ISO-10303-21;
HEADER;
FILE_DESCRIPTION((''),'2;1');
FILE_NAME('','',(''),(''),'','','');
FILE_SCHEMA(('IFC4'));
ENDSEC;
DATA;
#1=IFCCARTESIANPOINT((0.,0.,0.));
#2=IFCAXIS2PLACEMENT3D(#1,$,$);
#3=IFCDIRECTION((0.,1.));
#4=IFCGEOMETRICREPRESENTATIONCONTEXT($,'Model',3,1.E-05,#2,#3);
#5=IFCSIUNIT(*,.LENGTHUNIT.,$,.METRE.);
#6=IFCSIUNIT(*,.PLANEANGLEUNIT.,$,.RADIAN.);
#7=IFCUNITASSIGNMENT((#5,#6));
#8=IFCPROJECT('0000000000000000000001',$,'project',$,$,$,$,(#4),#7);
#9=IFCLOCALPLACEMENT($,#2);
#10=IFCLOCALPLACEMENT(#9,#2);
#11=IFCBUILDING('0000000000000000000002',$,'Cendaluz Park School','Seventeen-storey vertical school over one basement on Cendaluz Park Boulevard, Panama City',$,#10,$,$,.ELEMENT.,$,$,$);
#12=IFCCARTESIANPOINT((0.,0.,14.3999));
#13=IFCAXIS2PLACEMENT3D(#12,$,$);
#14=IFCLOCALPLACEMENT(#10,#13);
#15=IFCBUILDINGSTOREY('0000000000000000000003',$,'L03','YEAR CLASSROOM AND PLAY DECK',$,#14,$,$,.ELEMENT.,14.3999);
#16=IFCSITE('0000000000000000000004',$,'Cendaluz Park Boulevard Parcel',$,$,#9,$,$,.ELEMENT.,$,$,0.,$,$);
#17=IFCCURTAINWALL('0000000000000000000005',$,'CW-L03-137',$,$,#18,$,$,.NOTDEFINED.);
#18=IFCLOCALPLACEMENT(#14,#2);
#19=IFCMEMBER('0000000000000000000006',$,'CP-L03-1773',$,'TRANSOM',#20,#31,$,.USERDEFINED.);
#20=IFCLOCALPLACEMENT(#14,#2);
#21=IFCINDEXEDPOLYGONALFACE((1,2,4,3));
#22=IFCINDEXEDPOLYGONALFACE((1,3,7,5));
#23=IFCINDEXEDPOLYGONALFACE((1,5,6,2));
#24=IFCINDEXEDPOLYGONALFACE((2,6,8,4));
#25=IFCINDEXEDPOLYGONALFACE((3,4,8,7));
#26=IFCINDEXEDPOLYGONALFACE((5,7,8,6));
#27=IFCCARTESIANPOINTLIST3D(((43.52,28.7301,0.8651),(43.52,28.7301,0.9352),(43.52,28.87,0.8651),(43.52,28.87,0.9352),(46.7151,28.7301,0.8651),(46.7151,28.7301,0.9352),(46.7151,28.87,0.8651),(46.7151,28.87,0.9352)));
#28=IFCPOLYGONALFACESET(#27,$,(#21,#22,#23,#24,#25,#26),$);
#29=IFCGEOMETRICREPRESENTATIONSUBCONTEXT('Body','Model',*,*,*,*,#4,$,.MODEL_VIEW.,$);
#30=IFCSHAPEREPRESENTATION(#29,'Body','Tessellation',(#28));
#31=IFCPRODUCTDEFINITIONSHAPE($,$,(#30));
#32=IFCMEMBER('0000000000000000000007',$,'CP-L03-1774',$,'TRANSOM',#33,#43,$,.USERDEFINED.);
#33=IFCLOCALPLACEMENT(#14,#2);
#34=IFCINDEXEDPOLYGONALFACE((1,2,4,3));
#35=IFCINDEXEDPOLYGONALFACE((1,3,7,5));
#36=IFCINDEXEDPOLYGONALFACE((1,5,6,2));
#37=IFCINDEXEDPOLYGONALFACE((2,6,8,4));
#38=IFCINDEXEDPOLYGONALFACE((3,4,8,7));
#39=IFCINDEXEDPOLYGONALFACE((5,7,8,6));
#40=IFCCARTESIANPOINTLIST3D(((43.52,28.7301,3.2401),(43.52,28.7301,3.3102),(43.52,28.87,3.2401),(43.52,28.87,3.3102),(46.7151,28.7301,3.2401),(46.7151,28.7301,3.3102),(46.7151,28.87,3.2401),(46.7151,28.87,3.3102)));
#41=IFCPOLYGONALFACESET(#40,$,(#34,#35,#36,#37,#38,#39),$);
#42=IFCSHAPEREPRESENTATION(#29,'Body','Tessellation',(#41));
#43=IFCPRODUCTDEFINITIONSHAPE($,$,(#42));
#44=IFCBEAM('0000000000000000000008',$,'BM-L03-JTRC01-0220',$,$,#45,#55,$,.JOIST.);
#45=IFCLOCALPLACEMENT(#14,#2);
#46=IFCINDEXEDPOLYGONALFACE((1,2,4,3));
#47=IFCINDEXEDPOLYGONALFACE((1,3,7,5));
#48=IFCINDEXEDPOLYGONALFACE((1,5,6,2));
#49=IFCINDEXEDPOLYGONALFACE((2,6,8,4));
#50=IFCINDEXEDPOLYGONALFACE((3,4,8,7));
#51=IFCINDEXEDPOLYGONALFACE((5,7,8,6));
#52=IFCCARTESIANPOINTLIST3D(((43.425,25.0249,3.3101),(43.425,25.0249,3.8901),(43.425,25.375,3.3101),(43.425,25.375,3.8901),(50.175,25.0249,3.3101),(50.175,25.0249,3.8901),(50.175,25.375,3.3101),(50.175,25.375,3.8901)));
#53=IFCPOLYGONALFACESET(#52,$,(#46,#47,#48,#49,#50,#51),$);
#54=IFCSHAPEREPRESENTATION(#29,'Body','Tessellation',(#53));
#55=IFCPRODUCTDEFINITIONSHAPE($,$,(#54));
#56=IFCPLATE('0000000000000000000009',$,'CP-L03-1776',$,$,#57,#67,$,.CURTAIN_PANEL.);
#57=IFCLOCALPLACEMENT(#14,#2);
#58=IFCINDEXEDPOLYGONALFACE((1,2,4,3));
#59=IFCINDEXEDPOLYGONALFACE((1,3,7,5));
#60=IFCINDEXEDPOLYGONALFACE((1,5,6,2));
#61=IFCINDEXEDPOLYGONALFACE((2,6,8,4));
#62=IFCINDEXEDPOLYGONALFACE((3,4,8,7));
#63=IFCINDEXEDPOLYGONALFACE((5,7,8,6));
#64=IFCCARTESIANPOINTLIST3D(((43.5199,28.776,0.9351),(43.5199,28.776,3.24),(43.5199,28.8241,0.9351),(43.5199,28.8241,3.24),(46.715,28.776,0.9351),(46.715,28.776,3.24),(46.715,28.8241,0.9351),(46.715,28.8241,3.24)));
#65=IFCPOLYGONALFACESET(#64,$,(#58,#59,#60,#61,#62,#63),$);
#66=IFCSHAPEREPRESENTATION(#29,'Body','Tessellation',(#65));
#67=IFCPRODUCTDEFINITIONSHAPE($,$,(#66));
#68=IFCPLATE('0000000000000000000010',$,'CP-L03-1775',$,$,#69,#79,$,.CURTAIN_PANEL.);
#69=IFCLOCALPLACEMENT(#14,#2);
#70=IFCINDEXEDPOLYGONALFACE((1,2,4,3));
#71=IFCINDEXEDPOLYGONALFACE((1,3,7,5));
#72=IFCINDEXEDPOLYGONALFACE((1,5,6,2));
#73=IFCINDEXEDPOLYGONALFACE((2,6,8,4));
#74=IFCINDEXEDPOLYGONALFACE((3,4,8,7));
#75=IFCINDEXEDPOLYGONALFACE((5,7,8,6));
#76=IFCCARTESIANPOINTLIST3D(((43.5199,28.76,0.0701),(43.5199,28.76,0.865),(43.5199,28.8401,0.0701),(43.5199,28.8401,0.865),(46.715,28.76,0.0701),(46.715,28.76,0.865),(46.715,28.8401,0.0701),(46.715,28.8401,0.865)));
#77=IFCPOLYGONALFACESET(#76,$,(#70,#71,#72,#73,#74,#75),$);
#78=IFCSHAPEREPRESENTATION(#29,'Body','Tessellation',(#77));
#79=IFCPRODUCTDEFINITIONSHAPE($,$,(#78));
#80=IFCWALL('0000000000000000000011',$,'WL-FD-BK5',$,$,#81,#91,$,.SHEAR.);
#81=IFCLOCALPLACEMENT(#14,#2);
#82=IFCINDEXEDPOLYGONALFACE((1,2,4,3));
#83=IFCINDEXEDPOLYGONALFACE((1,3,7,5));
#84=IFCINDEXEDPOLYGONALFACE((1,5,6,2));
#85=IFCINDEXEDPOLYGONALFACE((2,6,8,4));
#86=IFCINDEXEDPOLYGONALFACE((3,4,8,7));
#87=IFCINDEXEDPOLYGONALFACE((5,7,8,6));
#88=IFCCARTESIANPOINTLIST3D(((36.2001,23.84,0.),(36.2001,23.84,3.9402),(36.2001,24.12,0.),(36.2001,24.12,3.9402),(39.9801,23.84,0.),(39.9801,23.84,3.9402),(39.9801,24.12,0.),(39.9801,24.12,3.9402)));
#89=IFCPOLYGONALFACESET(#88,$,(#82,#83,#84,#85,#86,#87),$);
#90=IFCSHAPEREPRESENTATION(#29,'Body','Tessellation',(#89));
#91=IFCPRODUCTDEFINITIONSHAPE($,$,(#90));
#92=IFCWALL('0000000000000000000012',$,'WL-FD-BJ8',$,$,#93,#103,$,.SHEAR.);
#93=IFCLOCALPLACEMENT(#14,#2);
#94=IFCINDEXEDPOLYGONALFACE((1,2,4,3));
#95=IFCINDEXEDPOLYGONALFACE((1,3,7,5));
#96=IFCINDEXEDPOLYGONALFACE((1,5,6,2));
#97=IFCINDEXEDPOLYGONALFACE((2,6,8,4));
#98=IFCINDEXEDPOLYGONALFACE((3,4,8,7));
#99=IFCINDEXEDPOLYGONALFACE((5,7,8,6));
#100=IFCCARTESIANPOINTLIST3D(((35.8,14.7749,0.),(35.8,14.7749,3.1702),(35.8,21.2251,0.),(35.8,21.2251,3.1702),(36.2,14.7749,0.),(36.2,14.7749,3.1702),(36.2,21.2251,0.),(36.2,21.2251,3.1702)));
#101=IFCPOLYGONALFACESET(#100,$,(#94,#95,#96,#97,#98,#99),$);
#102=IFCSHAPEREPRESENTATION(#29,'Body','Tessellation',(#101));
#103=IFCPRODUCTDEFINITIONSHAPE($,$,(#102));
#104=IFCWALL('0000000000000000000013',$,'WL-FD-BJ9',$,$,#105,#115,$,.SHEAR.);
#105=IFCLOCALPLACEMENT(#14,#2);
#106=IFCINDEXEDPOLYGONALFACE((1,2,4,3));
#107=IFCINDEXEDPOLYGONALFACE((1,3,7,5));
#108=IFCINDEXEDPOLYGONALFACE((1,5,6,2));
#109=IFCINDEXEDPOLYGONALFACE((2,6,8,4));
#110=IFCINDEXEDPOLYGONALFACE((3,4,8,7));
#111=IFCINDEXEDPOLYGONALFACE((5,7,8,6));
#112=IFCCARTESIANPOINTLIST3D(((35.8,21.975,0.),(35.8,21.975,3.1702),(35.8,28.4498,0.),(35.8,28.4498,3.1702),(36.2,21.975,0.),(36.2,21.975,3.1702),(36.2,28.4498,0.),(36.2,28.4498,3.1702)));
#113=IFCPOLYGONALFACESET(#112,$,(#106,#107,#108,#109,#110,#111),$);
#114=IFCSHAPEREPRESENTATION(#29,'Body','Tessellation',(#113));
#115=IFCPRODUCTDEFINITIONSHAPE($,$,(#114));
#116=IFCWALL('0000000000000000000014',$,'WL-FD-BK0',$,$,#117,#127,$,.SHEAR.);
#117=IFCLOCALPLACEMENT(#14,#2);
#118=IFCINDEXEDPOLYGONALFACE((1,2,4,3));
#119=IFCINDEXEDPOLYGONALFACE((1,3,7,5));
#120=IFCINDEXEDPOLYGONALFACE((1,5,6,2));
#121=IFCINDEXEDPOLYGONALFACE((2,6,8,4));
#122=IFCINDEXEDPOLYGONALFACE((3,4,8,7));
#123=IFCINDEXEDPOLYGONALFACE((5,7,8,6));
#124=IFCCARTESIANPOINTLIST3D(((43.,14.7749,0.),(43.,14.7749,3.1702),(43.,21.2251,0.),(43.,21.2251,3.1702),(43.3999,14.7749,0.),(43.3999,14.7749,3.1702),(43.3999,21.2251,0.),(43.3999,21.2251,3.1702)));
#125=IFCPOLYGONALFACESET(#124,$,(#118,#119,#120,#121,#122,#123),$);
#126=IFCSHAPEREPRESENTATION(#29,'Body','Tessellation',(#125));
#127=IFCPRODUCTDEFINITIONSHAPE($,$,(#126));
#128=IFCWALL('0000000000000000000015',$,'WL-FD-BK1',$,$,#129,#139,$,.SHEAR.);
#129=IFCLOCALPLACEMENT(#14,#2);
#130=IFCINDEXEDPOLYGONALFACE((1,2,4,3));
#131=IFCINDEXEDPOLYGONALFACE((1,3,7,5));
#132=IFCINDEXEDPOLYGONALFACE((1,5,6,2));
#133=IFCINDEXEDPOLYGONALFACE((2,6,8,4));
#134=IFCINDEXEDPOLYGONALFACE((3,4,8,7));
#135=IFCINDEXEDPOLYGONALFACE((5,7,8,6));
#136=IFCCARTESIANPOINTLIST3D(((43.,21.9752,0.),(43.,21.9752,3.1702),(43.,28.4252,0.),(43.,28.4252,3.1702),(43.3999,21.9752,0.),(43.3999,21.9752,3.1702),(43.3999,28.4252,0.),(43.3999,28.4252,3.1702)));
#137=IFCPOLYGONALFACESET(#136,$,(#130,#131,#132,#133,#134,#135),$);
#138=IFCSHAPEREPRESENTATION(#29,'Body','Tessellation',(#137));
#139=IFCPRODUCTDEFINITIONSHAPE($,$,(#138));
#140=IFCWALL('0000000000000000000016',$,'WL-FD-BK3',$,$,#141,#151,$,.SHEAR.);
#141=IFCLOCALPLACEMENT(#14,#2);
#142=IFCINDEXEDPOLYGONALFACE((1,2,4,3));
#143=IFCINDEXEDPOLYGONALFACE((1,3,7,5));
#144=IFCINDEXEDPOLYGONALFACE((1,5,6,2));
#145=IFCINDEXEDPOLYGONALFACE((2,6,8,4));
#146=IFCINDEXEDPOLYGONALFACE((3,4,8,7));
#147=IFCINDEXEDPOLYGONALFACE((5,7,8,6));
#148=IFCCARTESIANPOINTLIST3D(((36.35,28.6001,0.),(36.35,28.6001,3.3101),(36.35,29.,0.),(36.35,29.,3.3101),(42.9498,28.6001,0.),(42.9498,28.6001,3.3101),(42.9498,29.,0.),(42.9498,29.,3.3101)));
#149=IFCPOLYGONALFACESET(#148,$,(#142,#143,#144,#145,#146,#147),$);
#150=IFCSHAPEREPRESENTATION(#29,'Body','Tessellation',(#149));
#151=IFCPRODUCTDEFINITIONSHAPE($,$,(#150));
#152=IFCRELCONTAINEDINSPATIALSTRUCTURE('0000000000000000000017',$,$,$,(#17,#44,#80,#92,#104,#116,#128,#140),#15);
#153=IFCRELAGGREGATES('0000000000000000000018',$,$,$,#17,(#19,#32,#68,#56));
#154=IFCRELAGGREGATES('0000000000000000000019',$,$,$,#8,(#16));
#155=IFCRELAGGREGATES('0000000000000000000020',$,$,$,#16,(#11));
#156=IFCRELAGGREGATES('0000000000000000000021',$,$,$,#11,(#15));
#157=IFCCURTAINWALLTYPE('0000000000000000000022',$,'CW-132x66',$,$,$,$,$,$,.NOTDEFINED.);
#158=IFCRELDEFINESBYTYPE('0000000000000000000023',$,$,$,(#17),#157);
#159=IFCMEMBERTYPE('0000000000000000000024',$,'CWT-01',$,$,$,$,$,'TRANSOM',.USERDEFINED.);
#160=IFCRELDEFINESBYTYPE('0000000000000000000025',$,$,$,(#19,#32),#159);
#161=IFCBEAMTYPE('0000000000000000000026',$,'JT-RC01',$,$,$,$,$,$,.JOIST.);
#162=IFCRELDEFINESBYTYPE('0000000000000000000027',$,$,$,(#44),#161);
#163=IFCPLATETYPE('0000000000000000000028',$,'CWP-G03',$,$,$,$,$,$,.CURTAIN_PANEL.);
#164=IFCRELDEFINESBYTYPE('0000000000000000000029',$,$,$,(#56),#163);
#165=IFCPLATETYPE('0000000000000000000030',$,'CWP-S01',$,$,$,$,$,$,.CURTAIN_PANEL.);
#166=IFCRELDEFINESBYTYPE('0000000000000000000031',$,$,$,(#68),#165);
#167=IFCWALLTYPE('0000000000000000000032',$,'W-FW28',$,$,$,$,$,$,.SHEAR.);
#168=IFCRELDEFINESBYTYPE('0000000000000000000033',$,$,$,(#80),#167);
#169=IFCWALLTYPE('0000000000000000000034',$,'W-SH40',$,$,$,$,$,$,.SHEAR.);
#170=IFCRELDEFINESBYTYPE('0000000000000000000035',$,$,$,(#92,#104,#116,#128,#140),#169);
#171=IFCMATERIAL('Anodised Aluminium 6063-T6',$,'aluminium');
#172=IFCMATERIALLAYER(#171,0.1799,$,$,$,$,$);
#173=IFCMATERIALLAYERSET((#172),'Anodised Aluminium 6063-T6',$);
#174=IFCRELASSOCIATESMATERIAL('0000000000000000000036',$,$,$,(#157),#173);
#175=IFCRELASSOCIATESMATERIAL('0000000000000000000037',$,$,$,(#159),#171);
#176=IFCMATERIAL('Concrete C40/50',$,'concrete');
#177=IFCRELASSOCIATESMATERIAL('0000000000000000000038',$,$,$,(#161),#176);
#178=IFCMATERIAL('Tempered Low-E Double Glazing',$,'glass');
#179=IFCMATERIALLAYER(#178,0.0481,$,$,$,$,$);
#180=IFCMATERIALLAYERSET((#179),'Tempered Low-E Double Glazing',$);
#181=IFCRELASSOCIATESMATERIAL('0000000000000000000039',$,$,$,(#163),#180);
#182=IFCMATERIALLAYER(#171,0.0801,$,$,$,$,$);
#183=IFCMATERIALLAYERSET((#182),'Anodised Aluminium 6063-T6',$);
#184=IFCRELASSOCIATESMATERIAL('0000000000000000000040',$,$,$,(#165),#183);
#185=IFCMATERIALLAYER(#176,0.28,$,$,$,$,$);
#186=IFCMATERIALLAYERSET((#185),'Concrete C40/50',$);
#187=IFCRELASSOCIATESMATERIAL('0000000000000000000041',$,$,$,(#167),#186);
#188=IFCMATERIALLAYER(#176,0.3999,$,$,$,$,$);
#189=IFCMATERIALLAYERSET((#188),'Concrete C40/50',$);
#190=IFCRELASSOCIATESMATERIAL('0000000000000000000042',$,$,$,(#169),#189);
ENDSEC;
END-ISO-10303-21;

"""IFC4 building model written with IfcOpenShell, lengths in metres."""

from ifc_helpers import new_model, si_unit, direction, frame, frame_2d, origin, origin_2d, place, context, subcontext, project, spatial, rectangle, extrude, material, layer, layer_set, material_profile, profile_set, type_object, element, aggregate, save


model = new_model("IFC4")

# Units and contexts
model_context = context("Model", 3, precision=1e-05, world=origin(), true_north=direction((0.0, 1.0)))
body_context = subcontext(model_context, "Body", "Model", "MODEL_VIEW")
ifc_project = project(units=[si_unit("LENGTHUNIT", "METRE"), si_unit("PLANEANGLEUNIT", "RADIAN")], contexts=[model_context])

# Site, building, storey
site_placement = place(None, origin())
site = spatial("IfcSite", under=ifc_project, at=site_placement, Name="Cendaluz Park Boulevard Parcel", CompositionType="ELEMENT", RefElevation=0.0)
building_placement = place(site_placement, origin())
building = spatial("IfcBuilding", under=site, at=building_placement, Name="Cendaluz Park School", Description="Seventeen-storey vertical school over one basement on Cendaluz Park Boulevard, Panama City", CompositionType="ELEMENT")
storey_placement = place(building_placement, frame((0.0, 0.0, 14.3999)))
storey = spatial("IfcBuildingStorey", under=building, at=storey_placement, Name="L03", Description="YEAR CLASSROOM AND PLAY DECK", CompositionType="ELEMENT", Elevation=14.3999)

# Shared definitions
ifc_material_1 = material(Name="Concrete C40/50", Category="concrete")

# Curtain wall, members
ifc_material_2 = material(Name="Anodised Aluminium 6063-T6", Category="aluminium")
ifc_layer_1 = layer(ifc_material_2, 0.1799)
ifc_layer_set_1 = layer_set([ifc_layer_1], Name="Anodised Aluminium 6063-T6")
curtain_wall_type = type_object("IfcCurtainWallType", Name="CW-132x66", PredefinedType="NOTDEFINED", material=ifc_layer_set_1)
curtain_wall_placement = place(storey_placement, origin())
curtain_wall = element("IfcCurtainWall", 1, at=curtain_wall_placement, inside=storey, type_object=curtain_wall_type, Name="CW-L03-137", PredefinedType="NOTDEFINED")
ifc_material_profile_1 = material_profile(ifc_material_2, rectangle(XDim=0.1399, YDim=0.0701, at=origin_2d()), Name="CWT 140x70", Category="aluminium")
ifc_profile_set_1 = profile_set([ifc_material_profile_1], Name="Anodised Aluminium 6063-T6")
member_type_1 = type_object("IfcMemberType", Name="CWT-01", ElementType="TRANSOM", PredefinedType="USERDEFINED", material=ifc_profile_set_1)
member_1_placement = place(storey_placement, frame((43.52, 28.8, 0.9001), z_axis=(1.0, 0.0, 0.0), x_axis=(0.0, 1.0, 0.0)))
member_1 = element("IfcMember", 2, at=member_1_placement, type_object=member_type_1, Name="CP-L03-1773", ObjectType="TRANSOM", PredefinedType="USERDEFINED", context=body_context, shape_type="SweptSolid", body=[
    extrude(rectangle(XDim=0.1399, YDim=0.0701, at=origin_2d()), origin(), (0.0, 0.0, 1.0), 3.1951),
])
member_2_placement = place(storey_placement, frame((43.52, 28.8, 3.2751), z_axis=(1.0, 0.0, 0.0), x_axis=(0.0, 1.0, 0.0)))
member_2 = element("IfcMember", 3, at=member_2_placement, type_object=member_type_1, Name="CP-L03-1774", ObjectType="TRANSOM", PredefinedType="USERDEFINED", context=body_context, shape_type="SweptSolid", body=[
    extrude(rectangle(XDim=0.1399, YDim=0.0701, at=origin_2d()), origin(), (0.0, 0.0, 1.0), 3.1951),
])

# Beam
ifc_material_profile_2 = material_profile(ifc_material_1, rectangle(XDim=0.3501, YDim=0.5801, at=origin_2d()), Name="RC 350x580", Category="concrete")
ifc_profile_set_2 = profile_set([ifc_material_profile_2], Name="Concrete C40/50")
beam_type_1 = type_object("IfcBeamType", Name="JT-RC01", PredefinedType="JOIST", material=ifc_profile_set_2)
beam_1_placement = place(storey_placement, frame((43.425, 25.2, 3.6001), z_axis=(1.0, 0.0, 0.0), x_axis=(0.0, 1.0, 0.0)))
element("IfcBeam", 4, at=beam_1_placement, inside=storey, type_object=beam_type_1, Name="BM-L03-JTRC01-0220", PredefinedType="JOIST", context=body_context, shape_type="SweptSolid", body=[
    extrude(rectangle(XDim=0.3501, YDim=0.5801, at=origin_2d()), origin(), (0.0, 0.0, 1.0), 6.75),
])

# Plates
ifc_material_3 = material(Name="Tempered Low-E Double Glazing", Category="glass")
ifc_layer_2 = layer(ifc_material_3, 0.0481)
ifc_layer_set_2 = layer_set([ifc_layer_2], Name="Tempered Low-E Double Glazing")
plate_type_1 = type_object("IfcPlateType", Name="CWP-G03", PredefinedType="CURTAIN_PANEL", material=ifc_layer_set_2)
plate_1_placement = place(storey_placement, frame((45.1174, 28.8, 0.9351), z_axis=(0.0, 0.0, 1.0), x_axis=(1.0, 0.0, 0.0)))
plate_1 = element("IfcPlate", 5, at=plate_1_placement, type_object=plate_type_1, Name="CP-L03-1776", PredefinedType="CURTAIN_PANEL", context=body_context, shape_type="SweptSolid", body=[
    extrude(rectangle(XDim=3.1951, YDim=0.0481, at=origin_2d()), origin(), (0.0, 0.0, 1.0), 2.3049),
])
ifc_layer_3 = layer(ifc_material_2, 0.0801)
ifc_layer_set_3 = layer_set([ifc_layer_3], Name="Anodised Aluminium 6063-T6")
plate_type_2 = type_object("IfcPlateType", Name="CWP-S01", PredefinedType="CURTAIN_PANEL", material=ifc_layer_set_3)
plate_2_placement = place(storey_placement, frame((45.1174, 28.8, 0.0701), z_axis=(0.0, 0.0, 1.0), x_axis=(1.0, 0.0, 0.0)))
plate_2 = element("IfcPlate", 6, at=plate_2_placement, type_object=plate_type_2, Name="CP-L03-1775", PredefinedType="CURTAIN_PANEL", context=body_context, shape_type="SweptSolid", body=[
    extrude(rectangle(XDim=3.1951, YDim=0.0801, at=origin_2d()), origin(), (0.0, 0.0, 1.0), 0.7949),
])
aggregate(curtain_wall, [member_1, member_2, plate_2, plate_1])

# Shared definitions
ifc_layer_4 = layer(ifc_material_1, 0.28)
ifc_layer_set_4 = layer_set([ifc_layer_4], Name="Concrete C40/50")
wall_type_1 = type_object("IfcWallType", Name="W-FW28", PredefinedType="SHEAR", material=ifc_layer_set_4)

# Wall
wall_1_placement = place(storey_placement, frame((36.2, 23.98, 0.0), z_axis=(0.0, 0.0, 1.0), x_axis=(1.0, 0.0, 0.0)))
element("IfcWall", 7, at=wall_1_placement, inside=storey, type_object=wall_type_1, Name="WL-FD-BK5", PredefinedType="SHEAR", context=body_context, shape_type="SweptSolid", body=[
    extrude(rectangle(XDim=3.78, YDim=0.28, at=frame_2d((1.8901, 0.0))), origin(), (0.0, 0.0, 1.0), 3.9402),
])

# Walls
ifc_layer_5 = layer(ifc_material_1, 0.3999)
ifc_layer_set_5 = layer_set([ifc_layer_5], Name="Concrete C40/50")
wall_type_2 = type_object("IfcWallType", Name="W-SH40", PredefinedType="SHEAR", material=ifc_layer_set_5)
wall_2_placement = place(storey_placement, frame((36.0, 14.7749, 0.0), z_axis=(0.0, 0.0, 1.0), x_axis=(0.0, 1.0, 0.0)))
element("IfcWall", 8, at=wall_2_placement, inside=storey, type_object=wall_type_2, Name="WL-FD-BJ8", PredefinedType="SHEAR", context=body_context, shape_type="SweptSolid", body=[
    extrude(rectangle(XDim=6.4502, YDim=0.3999, at=frame_2d((3.2251, 0.0))), origin(), (0.0, 0.0, 1.0), 3.1702),
])
wall_3_placement = place(storey_placement, frame((36.0, 21.9751, 0.0), z_axis=(0.0, 0.0, 1.0), x_axis=(0.0, 1.0, 0.0)))
element("IfcWall", 9, at=wall_3_placement, inside=storey, type_object=wall_type_2, Name="WL-FD-BJ9", PredefinedType="SHEAR", context=body_context, shape_type="SweptSolid", body=[
    extrude(rectangle(XDim=6.4749, YDim=0.3999, at=frame_2d((3.2373, 0.0))), origin(), (0.0, 0.0, 1.0), 3.1702),
])
wall_4_placement = place(storey_placement, frame((43.2, 14.7749, 0.0), z_axis=(0.0, 0.0, 1.0), x_axis=(0.0, 1.0, 0.0)))
element("IfcWall", 10, at=wall_4_placement, inside=storey, type_object=wall_type_2, Name="WL-FD-BK0", PredefinedType="SHEAR", context=body_context, shape_type="SweptSolid", body=[
    extrude(rectangle(XDim=6.4502, YDim=0.3999, at=frame_2d((3.2251, 0.0))), origin(), (0.0, 0.0, 1.0), 3.1702),
])
wall_5_placement = place(storey_placement, frame((43.2, 21.9751, 0.0), z_axis=(0.0, 0.0, 1.0), x_axis=(0.0, 1.0, 0.0)))
element("IfcWall", 11, at=wall_5_placement, inside=storey, type_object=wall_type_2, Name="WL-FD-BK1", PredefinedType="SHEAR", context=body_context, shape_type="SweptSolid", body=[
    extrude(rectangle(XDim=6.45, YDim=0.3999, at=frame_2d((3.2251, 0.0))), origin(), (0.0, 0.0, 1.0), 3.1702),
])
wall_6_placement = place(storey_placement, frame((36.3501, 28.8, 0.0), z_axis=(0.0, 0.0, 1.0), x_axis=(1.0, 0.0, 0.0)))
element("IfcWall", 12, at=wall_6_placement, inside=storey, type_object=wall_type_2, Name="WL-FD-BK3", PredefinedType="SHEAR", context=body_context, shape_type="SweptSolid", body=[
    extrude(rectangle(XDim=6.5999, YDim=0.3999, at=frame_2d((3.2998, 0.0))), origin(), (0.0, 0.0, 1.0), 3.3101),
])

save(model, "model.ifc")
